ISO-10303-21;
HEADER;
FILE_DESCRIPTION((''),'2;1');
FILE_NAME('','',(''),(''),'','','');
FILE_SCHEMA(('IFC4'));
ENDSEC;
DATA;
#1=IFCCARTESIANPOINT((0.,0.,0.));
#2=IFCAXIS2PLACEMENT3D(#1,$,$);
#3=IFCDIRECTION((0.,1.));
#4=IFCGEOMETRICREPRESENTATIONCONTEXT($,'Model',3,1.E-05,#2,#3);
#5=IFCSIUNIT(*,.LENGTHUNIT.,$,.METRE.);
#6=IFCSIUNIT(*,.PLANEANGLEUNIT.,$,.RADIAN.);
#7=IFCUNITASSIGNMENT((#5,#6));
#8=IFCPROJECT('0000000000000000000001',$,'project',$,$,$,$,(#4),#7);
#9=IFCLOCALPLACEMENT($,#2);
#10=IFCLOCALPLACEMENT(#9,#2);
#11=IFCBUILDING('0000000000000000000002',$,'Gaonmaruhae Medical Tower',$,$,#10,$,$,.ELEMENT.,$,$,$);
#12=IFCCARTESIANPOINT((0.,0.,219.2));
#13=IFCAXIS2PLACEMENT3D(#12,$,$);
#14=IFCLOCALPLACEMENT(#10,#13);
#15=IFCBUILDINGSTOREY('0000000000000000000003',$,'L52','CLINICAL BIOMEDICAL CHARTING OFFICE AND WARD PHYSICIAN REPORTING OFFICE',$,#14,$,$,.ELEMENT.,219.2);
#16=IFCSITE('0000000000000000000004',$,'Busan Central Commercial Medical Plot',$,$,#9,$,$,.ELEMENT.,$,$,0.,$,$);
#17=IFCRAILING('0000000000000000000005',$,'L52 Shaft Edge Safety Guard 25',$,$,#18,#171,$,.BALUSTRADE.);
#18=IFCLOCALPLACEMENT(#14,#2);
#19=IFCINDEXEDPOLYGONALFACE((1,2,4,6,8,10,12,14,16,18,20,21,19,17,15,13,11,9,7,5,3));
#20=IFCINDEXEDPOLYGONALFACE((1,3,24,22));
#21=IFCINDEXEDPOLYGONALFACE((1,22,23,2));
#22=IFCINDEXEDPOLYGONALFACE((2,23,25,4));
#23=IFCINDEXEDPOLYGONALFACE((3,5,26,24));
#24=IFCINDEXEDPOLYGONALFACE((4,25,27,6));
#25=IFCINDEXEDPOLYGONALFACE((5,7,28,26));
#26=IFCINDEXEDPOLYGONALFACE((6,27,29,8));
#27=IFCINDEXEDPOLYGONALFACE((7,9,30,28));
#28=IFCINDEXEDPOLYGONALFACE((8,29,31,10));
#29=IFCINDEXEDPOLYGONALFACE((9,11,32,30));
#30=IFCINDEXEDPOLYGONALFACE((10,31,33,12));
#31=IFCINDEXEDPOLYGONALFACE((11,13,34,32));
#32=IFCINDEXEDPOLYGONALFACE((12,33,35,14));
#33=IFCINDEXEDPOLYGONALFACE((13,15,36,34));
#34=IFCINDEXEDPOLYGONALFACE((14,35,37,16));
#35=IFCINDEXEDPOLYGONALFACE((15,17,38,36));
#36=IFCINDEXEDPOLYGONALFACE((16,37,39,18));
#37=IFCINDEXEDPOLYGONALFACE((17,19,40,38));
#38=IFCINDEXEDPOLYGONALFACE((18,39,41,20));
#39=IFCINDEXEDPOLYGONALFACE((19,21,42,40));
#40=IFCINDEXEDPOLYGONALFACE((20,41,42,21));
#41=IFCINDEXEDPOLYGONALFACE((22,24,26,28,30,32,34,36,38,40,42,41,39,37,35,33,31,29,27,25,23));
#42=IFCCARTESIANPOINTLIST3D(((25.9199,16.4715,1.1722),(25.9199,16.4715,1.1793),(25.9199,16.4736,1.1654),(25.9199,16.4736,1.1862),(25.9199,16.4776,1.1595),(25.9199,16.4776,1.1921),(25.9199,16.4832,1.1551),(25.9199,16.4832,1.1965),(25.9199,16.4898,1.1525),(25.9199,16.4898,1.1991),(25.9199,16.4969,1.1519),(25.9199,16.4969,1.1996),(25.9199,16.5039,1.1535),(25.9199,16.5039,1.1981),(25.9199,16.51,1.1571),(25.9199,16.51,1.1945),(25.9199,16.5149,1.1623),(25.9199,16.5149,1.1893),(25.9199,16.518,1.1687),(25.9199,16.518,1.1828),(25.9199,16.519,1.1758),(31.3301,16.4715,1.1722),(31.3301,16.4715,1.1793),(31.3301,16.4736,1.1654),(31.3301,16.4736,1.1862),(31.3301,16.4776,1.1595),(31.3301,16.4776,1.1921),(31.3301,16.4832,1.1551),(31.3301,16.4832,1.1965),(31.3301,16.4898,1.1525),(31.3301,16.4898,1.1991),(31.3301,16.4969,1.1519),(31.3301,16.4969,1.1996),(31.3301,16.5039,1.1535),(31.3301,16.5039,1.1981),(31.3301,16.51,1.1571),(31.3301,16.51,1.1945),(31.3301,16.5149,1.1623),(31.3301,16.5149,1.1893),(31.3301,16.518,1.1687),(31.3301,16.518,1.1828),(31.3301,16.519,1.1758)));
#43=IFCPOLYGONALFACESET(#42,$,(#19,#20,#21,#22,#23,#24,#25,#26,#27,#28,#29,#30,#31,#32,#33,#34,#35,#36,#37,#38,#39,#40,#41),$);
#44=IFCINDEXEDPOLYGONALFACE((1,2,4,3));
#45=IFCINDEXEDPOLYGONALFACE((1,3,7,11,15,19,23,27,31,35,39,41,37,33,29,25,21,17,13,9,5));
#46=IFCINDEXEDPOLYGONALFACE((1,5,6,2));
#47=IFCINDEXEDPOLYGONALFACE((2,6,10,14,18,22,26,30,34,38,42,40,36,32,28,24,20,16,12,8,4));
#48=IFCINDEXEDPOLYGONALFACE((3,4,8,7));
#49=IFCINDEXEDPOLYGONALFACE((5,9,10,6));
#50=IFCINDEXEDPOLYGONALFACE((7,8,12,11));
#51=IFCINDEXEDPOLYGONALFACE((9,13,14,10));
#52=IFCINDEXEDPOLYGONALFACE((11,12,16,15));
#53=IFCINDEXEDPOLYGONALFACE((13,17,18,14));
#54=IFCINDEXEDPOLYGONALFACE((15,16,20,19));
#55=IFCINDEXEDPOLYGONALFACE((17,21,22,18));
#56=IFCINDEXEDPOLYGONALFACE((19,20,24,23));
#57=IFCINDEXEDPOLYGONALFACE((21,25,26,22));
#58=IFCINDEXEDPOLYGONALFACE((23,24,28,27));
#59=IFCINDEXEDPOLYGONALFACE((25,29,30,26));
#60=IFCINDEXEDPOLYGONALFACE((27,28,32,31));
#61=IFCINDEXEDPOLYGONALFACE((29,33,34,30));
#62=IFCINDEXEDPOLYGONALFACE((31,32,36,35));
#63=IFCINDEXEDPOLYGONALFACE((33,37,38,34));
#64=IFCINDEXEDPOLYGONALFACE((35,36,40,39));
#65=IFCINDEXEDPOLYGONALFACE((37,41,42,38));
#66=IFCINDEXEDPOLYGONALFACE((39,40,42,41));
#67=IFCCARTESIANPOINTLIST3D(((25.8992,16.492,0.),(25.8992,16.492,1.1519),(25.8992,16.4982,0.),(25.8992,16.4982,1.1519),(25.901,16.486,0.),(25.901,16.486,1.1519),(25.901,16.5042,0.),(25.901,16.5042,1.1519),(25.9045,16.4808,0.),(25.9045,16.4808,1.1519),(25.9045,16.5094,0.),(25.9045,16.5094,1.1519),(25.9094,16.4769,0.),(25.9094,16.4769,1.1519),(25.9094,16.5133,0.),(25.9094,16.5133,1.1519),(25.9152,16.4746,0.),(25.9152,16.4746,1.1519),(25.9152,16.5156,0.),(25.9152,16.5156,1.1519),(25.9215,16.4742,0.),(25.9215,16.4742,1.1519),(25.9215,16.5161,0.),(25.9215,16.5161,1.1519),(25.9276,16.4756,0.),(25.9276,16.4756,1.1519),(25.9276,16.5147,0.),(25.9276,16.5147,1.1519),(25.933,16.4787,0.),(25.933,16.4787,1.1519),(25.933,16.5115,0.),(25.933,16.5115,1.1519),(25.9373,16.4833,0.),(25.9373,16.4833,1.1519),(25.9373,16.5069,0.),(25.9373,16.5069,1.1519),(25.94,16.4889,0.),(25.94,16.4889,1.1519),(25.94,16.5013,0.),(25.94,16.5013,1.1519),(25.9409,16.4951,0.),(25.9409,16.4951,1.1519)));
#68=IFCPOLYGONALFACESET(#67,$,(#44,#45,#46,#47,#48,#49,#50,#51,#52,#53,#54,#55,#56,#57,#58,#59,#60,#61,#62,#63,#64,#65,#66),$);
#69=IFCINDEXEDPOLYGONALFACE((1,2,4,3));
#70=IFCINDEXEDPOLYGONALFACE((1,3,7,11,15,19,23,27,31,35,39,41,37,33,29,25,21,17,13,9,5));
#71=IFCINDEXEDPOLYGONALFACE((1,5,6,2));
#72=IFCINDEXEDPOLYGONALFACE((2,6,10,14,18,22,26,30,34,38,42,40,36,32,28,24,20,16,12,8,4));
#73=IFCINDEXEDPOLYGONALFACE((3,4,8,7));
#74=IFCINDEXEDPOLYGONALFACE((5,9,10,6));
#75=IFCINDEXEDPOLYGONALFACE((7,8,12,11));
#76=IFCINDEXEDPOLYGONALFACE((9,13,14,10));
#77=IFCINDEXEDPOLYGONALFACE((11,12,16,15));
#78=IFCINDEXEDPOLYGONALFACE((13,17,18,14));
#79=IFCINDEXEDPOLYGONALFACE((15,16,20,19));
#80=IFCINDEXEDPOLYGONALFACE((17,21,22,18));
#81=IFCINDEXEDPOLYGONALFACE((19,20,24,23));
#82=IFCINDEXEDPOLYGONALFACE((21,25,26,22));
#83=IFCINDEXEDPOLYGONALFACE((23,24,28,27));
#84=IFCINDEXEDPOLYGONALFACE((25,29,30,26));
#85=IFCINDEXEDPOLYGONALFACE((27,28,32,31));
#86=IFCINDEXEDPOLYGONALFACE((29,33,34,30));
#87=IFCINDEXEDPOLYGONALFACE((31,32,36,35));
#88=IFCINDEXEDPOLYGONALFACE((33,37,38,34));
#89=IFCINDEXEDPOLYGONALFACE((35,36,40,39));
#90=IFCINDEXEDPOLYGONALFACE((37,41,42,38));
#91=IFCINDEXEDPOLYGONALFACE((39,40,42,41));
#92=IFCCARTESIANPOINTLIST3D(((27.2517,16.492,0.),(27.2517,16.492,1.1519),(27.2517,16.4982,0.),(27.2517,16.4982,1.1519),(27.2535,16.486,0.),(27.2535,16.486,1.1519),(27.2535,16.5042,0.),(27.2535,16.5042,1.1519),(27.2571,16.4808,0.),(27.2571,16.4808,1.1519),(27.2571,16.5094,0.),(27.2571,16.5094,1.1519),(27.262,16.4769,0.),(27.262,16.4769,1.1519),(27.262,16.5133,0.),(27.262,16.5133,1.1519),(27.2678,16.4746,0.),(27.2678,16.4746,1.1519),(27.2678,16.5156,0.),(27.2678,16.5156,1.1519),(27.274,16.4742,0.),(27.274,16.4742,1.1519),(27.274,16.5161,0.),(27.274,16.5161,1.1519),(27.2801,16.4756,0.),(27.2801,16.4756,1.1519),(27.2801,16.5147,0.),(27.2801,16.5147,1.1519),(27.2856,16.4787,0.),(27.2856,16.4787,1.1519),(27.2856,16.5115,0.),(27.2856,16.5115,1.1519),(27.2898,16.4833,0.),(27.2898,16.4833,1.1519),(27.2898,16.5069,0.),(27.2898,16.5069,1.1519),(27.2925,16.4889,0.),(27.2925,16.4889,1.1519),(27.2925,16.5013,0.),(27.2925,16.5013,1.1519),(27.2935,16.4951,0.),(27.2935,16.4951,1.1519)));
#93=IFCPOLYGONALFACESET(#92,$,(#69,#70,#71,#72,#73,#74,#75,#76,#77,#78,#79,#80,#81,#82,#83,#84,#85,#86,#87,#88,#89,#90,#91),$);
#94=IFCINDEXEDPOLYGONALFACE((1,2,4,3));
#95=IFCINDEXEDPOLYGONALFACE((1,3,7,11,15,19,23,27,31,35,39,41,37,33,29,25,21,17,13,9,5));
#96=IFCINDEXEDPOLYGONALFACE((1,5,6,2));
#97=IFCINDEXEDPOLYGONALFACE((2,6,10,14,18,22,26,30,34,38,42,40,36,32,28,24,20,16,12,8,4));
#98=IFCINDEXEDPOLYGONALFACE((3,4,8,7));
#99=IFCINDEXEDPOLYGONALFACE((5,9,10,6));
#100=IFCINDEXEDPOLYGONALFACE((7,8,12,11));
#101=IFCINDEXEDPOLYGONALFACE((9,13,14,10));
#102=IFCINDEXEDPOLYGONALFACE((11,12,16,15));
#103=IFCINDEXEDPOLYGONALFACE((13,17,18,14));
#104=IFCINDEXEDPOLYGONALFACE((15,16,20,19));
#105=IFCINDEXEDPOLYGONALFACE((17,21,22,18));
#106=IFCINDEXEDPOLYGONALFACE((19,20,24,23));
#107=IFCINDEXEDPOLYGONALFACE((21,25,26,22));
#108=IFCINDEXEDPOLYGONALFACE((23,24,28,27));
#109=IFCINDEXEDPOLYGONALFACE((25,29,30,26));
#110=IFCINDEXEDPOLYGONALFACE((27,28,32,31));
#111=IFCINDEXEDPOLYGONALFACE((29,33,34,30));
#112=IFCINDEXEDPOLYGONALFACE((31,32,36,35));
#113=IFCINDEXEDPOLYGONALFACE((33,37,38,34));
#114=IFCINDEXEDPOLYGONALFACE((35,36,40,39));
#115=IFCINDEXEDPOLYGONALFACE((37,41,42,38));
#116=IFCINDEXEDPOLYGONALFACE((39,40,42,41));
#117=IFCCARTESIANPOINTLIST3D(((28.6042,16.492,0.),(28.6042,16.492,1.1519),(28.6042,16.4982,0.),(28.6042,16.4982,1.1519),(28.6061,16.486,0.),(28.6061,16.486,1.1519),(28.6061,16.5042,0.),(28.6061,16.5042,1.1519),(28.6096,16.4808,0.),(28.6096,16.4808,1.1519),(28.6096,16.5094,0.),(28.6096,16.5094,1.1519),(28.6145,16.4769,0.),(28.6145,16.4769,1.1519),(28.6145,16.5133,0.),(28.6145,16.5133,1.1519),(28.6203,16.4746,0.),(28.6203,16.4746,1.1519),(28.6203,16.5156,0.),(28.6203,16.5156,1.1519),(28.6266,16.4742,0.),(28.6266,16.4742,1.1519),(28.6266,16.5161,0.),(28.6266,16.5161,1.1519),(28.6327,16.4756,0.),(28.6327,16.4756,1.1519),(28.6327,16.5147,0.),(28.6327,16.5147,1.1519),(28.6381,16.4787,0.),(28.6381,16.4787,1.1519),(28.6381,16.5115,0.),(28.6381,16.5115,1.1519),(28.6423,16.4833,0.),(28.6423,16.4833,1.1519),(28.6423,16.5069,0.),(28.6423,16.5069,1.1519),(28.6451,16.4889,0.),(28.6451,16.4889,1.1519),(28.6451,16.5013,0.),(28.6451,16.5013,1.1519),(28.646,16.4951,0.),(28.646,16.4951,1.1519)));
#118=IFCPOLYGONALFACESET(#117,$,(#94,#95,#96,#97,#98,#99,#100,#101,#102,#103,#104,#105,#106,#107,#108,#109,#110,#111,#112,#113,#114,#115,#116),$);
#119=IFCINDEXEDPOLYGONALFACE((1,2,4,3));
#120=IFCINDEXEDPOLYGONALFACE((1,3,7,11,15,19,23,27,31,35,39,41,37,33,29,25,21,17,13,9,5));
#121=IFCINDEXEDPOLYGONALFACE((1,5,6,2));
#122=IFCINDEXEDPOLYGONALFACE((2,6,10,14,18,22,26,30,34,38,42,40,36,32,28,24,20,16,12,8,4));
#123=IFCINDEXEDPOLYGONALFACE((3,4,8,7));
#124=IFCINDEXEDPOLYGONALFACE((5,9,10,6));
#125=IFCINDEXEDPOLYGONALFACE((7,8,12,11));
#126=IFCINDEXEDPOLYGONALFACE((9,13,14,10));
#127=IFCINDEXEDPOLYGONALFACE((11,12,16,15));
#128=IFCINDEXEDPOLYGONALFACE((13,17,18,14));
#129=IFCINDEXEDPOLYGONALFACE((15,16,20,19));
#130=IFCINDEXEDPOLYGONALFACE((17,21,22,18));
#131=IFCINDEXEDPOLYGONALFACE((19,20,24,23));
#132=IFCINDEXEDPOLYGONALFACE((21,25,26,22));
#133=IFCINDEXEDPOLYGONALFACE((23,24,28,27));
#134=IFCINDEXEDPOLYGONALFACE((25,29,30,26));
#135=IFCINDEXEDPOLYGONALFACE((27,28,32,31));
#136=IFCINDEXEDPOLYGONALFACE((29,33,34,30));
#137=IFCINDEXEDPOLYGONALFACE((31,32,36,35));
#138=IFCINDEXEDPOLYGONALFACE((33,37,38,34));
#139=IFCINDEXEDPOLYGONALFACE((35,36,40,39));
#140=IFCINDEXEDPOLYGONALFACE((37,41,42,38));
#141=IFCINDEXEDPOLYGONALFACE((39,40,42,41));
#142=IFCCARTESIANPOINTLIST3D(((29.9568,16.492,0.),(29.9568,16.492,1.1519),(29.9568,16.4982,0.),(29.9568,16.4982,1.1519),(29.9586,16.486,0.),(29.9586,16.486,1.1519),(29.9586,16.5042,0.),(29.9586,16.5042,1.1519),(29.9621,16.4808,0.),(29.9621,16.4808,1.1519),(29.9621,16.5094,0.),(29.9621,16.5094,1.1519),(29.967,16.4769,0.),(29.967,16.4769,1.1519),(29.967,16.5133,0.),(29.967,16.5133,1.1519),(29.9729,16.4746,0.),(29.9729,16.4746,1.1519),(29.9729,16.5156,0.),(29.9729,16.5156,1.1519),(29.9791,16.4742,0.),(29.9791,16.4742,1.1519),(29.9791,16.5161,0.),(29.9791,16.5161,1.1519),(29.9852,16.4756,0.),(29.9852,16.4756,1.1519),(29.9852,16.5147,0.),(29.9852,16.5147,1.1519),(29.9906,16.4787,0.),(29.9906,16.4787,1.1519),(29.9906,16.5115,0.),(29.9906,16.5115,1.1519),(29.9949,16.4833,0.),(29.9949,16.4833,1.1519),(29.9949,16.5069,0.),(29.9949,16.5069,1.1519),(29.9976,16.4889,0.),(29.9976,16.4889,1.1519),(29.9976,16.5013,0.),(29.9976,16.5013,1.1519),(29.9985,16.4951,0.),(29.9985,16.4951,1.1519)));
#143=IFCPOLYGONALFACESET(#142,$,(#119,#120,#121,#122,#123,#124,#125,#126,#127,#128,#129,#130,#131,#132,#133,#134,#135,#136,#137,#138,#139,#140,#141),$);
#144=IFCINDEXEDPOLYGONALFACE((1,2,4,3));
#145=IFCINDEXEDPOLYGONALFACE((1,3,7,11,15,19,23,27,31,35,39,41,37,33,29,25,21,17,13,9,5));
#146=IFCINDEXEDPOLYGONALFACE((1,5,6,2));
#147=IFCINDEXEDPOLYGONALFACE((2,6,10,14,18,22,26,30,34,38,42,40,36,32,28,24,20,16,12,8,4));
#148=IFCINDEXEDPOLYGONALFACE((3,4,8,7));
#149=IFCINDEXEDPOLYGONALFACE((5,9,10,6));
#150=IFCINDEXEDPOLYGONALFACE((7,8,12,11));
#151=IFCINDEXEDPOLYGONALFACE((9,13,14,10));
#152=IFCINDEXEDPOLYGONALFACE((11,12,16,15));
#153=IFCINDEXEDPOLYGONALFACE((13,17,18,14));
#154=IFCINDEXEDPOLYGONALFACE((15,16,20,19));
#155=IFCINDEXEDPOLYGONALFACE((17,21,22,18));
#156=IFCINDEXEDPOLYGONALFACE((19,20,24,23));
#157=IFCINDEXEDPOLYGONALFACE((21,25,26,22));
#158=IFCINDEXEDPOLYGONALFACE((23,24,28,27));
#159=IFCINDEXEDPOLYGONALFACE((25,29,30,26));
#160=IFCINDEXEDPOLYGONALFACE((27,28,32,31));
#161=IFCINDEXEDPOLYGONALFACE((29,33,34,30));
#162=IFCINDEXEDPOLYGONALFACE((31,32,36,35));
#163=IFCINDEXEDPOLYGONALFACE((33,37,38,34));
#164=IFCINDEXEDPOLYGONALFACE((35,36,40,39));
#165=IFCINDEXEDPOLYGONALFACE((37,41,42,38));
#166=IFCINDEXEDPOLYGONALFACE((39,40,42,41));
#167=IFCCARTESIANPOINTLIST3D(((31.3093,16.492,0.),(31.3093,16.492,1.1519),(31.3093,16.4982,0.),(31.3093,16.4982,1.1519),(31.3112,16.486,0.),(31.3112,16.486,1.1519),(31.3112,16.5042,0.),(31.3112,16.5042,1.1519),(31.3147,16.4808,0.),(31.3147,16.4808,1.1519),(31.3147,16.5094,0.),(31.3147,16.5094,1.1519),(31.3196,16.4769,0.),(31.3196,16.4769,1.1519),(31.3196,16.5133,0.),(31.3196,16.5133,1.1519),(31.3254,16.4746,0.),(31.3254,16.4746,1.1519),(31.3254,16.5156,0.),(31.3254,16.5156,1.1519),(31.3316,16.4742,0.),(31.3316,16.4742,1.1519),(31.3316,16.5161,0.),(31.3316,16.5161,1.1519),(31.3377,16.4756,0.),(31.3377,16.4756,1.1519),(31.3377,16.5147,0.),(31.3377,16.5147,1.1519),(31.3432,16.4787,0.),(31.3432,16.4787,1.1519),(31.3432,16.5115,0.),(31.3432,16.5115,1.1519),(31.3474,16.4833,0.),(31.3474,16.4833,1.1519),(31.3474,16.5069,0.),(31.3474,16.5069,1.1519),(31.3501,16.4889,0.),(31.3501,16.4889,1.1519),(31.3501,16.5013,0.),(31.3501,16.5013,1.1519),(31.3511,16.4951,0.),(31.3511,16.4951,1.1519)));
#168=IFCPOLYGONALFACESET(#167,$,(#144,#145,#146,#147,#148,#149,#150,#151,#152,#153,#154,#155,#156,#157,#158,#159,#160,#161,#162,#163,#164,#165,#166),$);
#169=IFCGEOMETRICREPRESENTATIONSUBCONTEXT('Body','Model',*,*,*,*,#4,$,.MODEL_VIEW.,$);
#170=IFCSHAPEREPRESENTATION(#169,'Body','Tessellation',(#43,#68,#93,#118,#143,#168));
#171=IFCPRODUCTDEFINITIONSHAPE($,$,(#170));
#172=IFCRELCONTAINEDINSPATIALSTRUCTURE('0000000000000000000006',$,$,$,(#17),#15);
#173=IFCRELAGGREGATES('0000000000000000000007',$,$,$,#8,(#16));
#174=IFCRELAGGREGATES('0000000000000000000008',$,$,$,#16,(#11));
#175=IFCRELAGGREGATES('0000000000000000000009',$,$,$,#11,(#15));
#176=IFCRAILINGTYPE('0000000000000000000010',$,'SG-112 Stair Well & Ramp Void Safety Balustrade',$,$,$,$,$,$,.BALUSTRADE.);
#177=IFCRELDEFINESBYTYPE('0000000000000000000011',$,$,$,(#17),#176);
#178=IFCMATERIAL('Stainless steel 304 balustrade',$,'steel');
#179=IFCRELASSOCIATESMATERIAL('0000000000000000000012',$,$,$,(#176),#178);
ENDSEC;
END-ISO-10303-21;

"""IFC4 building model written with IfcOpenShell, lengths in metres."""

from ifc_helpers import new_model, si_unit, direction, frame, origin, origin_2d, place, context, subcontext, project, spatial, circle, extrude, material, type_object, element, save


model = new_model("IFC4")

# Units and contexts
model_context = context("Model", 3, precision=1e-05, world=origin(), true_north=direction((0.0, 1.0)))
body_context = subcontext(model_context, "Body", "Model", "MODEL_VIEW")
ifc_project = project(units=[si_unit("LENGTHUNIT", "METRE"), si_unit("PLANEANGLEUNIT", "RADIAN")], contexts=[model_context])

# Site, building, storey
site_placement = place(None, origin())
site = spatial("IfcSite", under=ifc_project, at=site_placement, Name="Busan Central Commercial Medical Plot", CompositionType="ELEMENT", RefElevation=0.0)
building_placement = place(site_placement, origin())
building = spatial("IfcBuilding", under=site, at=building_placement, Name="Gaonmaruhae Medical Tower", CompositionType="ELEMENT")
storey_placement = place(building_placement, frame((0.0, 0.0, 219.2)))
storey = spatial("IfcBuildingStorey", under=building, at=storey_placement, Name="L52", Description="CLINICAL BIOMEDICAL CHARTING OFFICE AND WARD PHYSICIAN REPORTING OFFICE", CompositionType="ELEMENT", Elevation=219.2)

# Railing
ifc_material_1 = material(Name="Stainless steel 304 balustrade", Category="steel")
railing_type_1 = type_object("IfcRailingType", Name="SG-112 Stair Well & Ramp Void Safety Balustrade", PredefinedType="BALUSTRADE", material=ifc_material_1)
railing_1_placement = place(storey_placement, frame((25.9199, 16.4951, 0.0)))
element("IfcRailing", 1, at=railing_1_placement, inside=storey, type_object=railing_type_1, Name="L52 Shaft Edge Safety Guard 25", PredefinedType="BALUSTRADE", context=body_context, shape_type="SweptSolid", body=[
    extrude(circle(Radius=0.0239, at=origin_2d()), frame((0.0, 0.0, 1.1758), z_axis=(1.0, 0.0, 0.0), x_axis=(0.0, 1.0, 0.0)), (0.0, 0.0, 1.0), 5.4102),
    extrude(circle(Radius=0.021, at=origin_2d()), origin(), (0.0, 0.0, 1.0), 1.1519),
    extrude(circle(Radius=0.021, at=origin_2d()), frame((1.3525, 0.0, 0.0)), (0.0, 0.0, 1.0), 1.1519),
    extrude(circle(Radius=0.021, at=origin_2d()), frame((2.7051, 0.0, 0.0)), (0.0, 0.0, 1.0), 1.1519),
    extrude(circle(Radius=0.021, at=origin_2d()), frame((4.0576, 0.0, 0.0)), (0.0, 0.0, 1.0), 1.1519),
    extrude(circle(Radius=0.021, at=origin_2d()), frame((5.4102, 0.0, 0.0)), (0.0, 0.0, 1.0), 1.1519),
])

save(model, "model.ifc")
